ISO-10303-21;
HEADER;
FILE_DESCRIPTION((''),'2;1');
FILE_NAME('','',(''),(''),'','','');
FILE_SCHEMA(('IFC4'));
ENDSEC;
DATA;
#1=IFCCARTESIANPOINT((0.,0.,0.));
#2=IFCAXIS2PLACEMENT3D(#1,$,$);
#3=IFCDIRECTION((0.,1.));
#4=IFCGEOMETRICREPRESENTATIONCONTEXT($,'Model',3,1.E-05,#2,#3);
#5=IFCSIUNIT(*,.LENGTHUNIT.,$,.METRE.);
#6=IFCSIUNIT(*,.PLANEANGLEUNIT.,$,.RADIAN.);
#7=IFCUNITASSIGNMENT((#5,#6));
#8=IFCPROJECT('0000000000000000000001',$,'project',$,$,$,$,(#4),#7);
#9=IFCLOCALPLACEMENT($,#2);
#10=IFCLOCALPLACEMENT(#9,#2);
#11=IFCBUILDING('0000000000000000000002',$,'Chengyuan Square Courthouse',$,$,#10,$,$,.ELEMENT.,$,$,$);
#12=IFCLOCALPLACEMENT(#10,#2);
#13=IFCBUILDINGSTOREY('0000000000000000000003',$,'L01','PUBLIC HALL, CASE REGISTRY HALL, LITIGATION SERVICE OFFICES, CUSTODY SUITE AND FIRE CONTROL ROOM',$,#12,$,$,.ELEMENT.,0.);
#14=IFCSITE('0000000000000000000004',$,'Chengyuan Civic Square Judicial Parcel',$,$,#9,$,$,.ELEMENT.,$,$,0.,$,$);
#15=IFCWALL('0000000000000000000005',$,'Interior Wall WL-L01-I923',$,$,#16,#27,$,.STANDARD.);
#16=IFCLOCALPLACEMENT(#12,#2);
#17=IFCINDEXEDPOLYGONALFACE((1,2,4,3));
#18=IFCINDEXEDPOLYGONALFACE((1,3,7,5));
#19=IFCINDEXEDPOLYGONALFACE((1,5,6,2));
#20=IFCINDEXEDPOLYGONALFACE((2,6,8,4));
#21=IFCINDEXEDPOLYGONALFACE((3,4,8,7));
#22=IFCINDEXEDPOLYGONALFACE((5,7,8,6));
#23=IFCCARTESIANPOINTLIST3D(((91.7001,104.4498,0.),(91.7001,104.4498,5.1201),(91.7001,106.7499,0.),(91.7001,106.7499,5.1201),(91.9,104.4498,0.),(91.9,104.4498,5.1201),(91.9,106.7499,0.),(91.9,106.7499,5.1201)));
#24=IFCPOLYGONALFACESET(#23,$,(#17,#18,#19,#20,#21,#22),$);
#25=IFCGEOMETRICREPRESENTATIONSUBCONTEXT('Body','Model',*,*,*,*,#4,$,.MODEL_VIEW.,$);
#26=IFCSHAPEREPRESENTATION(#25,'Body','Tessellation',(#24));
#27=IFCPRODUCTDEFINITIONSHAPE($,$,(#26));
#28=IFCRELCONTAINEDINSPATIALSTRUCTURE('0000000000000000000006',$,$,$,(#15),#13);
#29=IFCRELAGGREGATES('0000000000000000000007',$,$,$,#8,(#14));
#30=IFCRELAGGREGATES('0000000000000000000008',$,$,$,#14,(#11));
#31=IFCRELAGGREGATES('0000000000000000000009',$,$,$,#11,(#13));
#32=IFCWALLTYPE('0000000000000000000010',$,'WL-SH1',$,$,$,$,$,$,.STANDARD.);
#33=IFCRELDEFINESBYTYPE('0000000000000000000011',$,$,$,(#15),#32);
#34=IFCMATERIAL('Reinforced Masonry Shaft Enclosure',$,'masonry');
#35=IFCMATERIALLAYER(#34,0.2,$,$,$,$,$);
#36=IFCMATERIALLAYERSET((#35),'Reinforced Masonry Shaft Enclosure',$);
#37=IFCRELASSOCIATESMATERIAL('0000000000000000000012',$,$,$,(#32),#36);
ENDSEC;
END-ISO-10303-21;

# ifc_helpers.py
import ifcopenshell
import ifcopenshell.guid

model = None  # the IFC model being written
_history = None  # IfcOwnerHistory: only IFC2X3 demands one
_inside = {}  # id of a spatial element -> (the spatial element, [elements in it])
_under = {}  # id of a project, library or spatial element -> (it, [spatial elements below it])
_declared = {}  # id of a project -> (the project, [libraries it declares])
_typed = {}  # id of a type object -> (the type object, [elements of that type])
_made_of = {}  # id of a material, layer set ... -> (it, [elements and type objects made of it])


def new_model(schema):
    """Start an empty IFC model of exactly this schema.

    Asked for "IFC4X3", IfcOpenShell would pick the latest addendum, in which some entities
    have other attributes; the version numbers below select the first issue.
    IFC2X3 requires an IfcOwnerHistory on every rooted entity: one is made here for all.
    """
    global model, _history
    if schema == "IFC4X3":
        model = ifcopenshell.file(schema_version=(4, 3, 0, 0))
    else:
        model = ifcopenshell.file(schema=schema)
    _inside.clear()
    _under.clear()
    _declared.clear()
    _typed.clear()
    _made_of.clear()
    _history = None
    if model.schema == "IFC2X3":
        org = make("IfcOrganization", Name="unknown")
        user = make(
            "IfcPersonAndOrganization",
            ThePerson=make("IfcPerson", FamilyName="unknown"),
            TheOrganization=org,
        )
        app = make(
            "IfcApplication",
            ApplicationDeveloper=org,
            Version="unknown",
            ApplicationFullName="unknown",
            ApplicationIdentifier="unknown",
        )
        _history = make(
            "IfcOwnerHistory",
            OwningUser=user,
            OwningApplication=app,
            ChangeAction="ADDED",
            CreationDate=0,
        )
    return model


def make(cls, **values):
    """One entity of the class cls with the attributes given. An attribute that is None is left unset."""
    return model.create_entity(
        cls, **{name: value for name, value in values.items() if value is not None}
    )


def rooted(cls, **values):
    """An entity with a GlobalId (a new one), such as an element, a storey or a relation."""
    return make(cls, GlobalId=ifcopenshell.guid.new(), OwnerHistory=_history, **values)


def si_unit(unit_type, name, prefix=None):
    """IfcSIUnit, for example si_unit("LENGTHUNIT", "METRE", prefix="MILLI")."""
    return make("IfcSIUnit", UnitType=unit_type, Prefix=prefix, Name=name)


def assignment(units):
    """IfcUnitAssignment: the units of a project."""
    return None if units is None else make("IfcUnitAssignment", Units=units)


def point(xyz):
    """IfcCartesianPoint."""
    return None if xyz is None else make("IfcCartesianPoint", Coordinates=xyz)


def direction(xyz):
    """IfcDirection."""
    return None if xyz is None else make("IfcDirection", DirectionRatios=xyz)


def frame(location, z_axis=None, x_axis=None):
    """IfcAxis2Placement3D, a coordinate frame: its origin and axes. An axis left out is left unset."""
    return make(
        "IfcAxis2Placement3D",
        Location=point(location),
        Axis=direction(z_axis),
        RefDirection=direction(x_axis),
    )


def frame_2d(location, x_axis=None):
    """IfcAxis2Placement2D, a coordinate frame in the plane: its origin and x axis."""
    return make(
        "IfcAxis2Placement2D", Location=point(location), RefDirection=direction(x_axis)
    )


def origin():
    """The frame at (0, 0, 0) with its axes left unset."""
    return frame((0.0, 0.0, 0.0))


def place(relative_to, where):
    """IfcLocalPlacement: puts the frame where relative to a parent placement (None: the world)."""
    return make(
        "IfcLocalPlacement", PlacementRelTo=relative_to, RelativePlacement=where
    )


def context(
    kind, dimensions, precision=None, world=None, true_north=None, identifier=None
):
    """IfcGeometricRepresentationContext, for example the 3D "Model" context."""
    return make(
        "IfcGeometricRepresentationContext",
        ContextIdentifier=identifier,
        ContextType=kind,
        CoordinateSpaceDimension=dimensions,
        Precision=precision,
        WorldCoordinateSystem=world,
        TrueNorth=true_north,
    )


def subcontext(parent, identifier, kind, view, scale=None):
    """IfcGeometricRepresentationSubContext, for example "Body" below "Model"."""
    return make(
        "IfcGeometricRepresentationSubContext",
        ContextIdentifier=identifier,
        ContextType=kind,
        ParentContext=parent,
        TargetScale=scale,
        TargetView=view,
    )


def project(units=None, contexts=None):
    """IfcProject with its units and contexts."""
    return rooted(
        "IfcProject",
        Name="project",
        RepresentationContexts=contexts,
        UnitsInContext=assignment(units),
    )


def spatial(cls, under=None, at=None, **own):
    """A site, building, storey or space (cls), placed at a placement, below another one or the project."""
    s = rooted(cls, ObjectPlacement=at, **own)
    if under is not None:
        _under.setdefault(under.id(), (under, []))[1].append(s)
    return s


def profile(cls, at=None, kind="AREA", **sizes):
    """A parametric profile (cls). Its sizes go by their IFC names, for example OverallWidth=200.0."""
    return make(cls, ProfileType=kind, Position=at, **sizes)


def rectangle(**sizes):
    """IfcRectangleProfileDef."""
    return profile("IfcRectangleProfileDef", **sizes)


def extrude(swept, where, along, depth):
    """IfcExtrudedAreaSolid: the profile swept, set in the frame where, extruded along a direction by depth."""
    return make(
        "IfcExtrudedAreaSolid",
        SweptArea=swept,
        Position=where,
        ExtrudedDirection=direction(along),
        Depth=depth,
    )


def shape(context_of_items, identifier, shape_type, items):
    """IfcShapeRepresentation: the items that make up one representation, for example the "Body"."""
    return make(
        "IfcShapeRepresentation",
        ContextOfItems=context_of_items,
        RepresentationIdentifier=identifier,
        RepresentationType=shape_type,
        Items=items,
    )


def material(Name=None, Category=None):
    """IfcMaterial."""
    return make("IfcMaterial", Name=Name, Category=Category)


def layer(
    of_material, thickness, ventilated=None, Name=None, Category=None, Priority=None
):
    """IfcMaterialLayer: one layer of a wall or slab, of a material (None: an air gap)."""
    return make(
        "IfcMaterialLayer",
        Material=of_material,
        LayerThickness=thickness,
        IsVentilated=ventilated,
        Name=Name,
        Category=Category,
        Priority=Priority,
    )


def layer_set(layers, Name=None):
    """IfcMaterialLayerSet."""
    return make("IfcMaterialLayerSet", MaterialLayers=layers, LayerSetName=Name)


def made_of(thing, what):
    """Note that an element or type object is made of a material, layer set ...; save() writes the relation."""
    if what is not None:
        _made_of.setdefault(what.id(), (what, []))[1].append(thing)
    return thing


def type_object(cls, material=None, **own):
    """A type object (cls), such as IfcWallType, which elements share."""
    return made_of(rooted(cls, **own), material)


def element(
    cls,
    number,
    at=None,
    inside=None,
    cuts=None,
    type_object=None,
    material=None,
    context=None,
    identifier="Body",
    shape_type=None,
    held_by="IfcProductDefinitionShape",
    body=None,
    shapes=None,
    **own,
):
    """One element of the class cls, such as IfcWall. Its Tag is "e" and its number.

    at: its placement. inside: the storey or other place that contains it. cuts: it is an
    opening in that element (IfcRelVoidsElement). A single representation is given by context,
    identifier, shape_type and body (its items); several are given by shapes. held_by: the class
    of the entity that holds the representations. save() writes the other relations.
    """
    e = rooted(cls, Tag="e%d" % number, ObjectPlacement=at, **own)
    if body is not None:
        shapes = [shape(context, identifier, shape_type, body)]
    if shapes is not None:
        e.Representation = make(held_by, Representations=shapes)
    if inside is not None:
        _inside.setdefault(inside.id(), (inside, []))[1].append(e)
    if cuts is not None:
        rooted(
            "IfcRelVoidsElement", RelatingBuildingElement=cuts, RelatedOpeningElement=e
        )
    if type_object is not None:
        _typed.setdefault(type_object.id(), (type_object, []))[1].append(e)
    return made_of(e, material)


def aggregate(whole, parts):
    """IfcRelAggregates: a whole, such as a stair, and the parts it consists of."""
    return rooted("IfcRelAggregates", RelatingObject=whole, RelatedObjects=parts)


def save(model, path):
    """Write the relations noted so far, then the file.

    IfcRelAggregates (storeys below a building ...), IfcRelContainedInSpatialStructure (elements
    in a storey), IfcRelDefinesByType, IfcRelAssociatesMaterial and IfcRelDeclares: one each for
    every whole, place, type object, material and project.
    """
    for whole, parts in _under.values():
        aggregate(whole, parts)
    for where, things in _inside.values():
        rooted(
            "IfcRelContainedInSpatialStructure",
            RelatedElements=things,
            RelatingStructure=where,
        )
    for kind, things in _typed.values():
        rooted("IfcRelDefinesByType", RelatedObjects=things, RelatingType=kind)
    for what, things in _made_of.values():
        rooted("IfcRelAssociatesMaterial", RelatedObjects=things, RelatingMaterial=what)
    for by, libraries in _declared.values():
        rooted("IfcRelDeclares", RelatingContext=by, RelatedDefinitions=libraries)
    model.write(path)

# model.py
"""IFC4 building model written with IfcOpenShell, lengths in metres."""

from ifc_helpers import new_model, si_unit, direction, frame, frame_2d, origin, place, context, subcontext, project, spatial, rectangle, extrude, material, layer, layer_set, type_object, element, save


model = new_model("IFC4")

# Units and contexts
model_context = context("Model", 3, precision=1e-05, world=origin(), true_north=direction((0.0, 1.0)))
body_context = subcontext(model_context, "Body", "Model", "MODEL_VIEW")
ifc_project = project(units=[si_unit("LENGTHUNIT", "METRE"), si_unit("PLANEANGLEUNIT", "RADIAN")], contexts=[model_context])

# Site, building, storey
site_placement = place(None, origin())
site = spatial("IfcSite", under=ifc_project, at=site_placement, Name="Chengyuan Civic Square Judicial Parcel", CompositionType="ELEMENT", RefElevation=0.0)
building_placement = place(site_placement, origin())
building = spatial("IfcBuilding", under=site, at=building_placement, Name="Chengyuan Square Courthouse", CompositionType="ELEMENT")
storey_placement = place(building_placement, origin())
storey = spatial("IfcBuildingStorey", under=building, at=storey_placement, Name="L01", Description="PUBLIC HALL, CASE REGISTRY HALL, LITIGATION SERVICE OFFICES, CUSTODY SUITE AND FIRE CONTROL ROOM", CompositionType="ELEMENT", Elevation=0.0)

# Shared definitions
ifc_material_1 = material(Name="Reinforced Masonry Shaft Enclosure", Category="masonry")
ifc_layer_1 = layer(ifc_material_1, 0.2)
ifc_layer_set_1 = layer_set([ifc_layer_1], Name="Reinforced Masonry Shaft Enclosure")
wall_type_1 = type_object("IfcWallType", Name="WL-SH1", PredefinedType="STANDARD", material=ifc_layer_set_1)

# Wall
for number, where, z_axis, x_axis, name in (
    (1, (91.8, 104.45, 0.0), (0.0, 0.0, 1.0), (0.0, 1.0, 0.0), "Interior Wall WL-L01-I923"),
):
    element("IfcWall", number, at=place(storey_placement, frame(where, z_axis=z_axis, x_axis=x_axis)), inside=storey, type_object=wall_type_1, Name=name, PredefinedType="STANDARD", context=body_context, shape_type="SweptSolid", body=[
        extrude(rectangle(XDim=2.3, YDim=0.2, at=frame_2d((1.1499, 0.0))), origin(), (0.0, 0.0, 1.0), 5.1201),
    ])

save(model, "model.ifc")
